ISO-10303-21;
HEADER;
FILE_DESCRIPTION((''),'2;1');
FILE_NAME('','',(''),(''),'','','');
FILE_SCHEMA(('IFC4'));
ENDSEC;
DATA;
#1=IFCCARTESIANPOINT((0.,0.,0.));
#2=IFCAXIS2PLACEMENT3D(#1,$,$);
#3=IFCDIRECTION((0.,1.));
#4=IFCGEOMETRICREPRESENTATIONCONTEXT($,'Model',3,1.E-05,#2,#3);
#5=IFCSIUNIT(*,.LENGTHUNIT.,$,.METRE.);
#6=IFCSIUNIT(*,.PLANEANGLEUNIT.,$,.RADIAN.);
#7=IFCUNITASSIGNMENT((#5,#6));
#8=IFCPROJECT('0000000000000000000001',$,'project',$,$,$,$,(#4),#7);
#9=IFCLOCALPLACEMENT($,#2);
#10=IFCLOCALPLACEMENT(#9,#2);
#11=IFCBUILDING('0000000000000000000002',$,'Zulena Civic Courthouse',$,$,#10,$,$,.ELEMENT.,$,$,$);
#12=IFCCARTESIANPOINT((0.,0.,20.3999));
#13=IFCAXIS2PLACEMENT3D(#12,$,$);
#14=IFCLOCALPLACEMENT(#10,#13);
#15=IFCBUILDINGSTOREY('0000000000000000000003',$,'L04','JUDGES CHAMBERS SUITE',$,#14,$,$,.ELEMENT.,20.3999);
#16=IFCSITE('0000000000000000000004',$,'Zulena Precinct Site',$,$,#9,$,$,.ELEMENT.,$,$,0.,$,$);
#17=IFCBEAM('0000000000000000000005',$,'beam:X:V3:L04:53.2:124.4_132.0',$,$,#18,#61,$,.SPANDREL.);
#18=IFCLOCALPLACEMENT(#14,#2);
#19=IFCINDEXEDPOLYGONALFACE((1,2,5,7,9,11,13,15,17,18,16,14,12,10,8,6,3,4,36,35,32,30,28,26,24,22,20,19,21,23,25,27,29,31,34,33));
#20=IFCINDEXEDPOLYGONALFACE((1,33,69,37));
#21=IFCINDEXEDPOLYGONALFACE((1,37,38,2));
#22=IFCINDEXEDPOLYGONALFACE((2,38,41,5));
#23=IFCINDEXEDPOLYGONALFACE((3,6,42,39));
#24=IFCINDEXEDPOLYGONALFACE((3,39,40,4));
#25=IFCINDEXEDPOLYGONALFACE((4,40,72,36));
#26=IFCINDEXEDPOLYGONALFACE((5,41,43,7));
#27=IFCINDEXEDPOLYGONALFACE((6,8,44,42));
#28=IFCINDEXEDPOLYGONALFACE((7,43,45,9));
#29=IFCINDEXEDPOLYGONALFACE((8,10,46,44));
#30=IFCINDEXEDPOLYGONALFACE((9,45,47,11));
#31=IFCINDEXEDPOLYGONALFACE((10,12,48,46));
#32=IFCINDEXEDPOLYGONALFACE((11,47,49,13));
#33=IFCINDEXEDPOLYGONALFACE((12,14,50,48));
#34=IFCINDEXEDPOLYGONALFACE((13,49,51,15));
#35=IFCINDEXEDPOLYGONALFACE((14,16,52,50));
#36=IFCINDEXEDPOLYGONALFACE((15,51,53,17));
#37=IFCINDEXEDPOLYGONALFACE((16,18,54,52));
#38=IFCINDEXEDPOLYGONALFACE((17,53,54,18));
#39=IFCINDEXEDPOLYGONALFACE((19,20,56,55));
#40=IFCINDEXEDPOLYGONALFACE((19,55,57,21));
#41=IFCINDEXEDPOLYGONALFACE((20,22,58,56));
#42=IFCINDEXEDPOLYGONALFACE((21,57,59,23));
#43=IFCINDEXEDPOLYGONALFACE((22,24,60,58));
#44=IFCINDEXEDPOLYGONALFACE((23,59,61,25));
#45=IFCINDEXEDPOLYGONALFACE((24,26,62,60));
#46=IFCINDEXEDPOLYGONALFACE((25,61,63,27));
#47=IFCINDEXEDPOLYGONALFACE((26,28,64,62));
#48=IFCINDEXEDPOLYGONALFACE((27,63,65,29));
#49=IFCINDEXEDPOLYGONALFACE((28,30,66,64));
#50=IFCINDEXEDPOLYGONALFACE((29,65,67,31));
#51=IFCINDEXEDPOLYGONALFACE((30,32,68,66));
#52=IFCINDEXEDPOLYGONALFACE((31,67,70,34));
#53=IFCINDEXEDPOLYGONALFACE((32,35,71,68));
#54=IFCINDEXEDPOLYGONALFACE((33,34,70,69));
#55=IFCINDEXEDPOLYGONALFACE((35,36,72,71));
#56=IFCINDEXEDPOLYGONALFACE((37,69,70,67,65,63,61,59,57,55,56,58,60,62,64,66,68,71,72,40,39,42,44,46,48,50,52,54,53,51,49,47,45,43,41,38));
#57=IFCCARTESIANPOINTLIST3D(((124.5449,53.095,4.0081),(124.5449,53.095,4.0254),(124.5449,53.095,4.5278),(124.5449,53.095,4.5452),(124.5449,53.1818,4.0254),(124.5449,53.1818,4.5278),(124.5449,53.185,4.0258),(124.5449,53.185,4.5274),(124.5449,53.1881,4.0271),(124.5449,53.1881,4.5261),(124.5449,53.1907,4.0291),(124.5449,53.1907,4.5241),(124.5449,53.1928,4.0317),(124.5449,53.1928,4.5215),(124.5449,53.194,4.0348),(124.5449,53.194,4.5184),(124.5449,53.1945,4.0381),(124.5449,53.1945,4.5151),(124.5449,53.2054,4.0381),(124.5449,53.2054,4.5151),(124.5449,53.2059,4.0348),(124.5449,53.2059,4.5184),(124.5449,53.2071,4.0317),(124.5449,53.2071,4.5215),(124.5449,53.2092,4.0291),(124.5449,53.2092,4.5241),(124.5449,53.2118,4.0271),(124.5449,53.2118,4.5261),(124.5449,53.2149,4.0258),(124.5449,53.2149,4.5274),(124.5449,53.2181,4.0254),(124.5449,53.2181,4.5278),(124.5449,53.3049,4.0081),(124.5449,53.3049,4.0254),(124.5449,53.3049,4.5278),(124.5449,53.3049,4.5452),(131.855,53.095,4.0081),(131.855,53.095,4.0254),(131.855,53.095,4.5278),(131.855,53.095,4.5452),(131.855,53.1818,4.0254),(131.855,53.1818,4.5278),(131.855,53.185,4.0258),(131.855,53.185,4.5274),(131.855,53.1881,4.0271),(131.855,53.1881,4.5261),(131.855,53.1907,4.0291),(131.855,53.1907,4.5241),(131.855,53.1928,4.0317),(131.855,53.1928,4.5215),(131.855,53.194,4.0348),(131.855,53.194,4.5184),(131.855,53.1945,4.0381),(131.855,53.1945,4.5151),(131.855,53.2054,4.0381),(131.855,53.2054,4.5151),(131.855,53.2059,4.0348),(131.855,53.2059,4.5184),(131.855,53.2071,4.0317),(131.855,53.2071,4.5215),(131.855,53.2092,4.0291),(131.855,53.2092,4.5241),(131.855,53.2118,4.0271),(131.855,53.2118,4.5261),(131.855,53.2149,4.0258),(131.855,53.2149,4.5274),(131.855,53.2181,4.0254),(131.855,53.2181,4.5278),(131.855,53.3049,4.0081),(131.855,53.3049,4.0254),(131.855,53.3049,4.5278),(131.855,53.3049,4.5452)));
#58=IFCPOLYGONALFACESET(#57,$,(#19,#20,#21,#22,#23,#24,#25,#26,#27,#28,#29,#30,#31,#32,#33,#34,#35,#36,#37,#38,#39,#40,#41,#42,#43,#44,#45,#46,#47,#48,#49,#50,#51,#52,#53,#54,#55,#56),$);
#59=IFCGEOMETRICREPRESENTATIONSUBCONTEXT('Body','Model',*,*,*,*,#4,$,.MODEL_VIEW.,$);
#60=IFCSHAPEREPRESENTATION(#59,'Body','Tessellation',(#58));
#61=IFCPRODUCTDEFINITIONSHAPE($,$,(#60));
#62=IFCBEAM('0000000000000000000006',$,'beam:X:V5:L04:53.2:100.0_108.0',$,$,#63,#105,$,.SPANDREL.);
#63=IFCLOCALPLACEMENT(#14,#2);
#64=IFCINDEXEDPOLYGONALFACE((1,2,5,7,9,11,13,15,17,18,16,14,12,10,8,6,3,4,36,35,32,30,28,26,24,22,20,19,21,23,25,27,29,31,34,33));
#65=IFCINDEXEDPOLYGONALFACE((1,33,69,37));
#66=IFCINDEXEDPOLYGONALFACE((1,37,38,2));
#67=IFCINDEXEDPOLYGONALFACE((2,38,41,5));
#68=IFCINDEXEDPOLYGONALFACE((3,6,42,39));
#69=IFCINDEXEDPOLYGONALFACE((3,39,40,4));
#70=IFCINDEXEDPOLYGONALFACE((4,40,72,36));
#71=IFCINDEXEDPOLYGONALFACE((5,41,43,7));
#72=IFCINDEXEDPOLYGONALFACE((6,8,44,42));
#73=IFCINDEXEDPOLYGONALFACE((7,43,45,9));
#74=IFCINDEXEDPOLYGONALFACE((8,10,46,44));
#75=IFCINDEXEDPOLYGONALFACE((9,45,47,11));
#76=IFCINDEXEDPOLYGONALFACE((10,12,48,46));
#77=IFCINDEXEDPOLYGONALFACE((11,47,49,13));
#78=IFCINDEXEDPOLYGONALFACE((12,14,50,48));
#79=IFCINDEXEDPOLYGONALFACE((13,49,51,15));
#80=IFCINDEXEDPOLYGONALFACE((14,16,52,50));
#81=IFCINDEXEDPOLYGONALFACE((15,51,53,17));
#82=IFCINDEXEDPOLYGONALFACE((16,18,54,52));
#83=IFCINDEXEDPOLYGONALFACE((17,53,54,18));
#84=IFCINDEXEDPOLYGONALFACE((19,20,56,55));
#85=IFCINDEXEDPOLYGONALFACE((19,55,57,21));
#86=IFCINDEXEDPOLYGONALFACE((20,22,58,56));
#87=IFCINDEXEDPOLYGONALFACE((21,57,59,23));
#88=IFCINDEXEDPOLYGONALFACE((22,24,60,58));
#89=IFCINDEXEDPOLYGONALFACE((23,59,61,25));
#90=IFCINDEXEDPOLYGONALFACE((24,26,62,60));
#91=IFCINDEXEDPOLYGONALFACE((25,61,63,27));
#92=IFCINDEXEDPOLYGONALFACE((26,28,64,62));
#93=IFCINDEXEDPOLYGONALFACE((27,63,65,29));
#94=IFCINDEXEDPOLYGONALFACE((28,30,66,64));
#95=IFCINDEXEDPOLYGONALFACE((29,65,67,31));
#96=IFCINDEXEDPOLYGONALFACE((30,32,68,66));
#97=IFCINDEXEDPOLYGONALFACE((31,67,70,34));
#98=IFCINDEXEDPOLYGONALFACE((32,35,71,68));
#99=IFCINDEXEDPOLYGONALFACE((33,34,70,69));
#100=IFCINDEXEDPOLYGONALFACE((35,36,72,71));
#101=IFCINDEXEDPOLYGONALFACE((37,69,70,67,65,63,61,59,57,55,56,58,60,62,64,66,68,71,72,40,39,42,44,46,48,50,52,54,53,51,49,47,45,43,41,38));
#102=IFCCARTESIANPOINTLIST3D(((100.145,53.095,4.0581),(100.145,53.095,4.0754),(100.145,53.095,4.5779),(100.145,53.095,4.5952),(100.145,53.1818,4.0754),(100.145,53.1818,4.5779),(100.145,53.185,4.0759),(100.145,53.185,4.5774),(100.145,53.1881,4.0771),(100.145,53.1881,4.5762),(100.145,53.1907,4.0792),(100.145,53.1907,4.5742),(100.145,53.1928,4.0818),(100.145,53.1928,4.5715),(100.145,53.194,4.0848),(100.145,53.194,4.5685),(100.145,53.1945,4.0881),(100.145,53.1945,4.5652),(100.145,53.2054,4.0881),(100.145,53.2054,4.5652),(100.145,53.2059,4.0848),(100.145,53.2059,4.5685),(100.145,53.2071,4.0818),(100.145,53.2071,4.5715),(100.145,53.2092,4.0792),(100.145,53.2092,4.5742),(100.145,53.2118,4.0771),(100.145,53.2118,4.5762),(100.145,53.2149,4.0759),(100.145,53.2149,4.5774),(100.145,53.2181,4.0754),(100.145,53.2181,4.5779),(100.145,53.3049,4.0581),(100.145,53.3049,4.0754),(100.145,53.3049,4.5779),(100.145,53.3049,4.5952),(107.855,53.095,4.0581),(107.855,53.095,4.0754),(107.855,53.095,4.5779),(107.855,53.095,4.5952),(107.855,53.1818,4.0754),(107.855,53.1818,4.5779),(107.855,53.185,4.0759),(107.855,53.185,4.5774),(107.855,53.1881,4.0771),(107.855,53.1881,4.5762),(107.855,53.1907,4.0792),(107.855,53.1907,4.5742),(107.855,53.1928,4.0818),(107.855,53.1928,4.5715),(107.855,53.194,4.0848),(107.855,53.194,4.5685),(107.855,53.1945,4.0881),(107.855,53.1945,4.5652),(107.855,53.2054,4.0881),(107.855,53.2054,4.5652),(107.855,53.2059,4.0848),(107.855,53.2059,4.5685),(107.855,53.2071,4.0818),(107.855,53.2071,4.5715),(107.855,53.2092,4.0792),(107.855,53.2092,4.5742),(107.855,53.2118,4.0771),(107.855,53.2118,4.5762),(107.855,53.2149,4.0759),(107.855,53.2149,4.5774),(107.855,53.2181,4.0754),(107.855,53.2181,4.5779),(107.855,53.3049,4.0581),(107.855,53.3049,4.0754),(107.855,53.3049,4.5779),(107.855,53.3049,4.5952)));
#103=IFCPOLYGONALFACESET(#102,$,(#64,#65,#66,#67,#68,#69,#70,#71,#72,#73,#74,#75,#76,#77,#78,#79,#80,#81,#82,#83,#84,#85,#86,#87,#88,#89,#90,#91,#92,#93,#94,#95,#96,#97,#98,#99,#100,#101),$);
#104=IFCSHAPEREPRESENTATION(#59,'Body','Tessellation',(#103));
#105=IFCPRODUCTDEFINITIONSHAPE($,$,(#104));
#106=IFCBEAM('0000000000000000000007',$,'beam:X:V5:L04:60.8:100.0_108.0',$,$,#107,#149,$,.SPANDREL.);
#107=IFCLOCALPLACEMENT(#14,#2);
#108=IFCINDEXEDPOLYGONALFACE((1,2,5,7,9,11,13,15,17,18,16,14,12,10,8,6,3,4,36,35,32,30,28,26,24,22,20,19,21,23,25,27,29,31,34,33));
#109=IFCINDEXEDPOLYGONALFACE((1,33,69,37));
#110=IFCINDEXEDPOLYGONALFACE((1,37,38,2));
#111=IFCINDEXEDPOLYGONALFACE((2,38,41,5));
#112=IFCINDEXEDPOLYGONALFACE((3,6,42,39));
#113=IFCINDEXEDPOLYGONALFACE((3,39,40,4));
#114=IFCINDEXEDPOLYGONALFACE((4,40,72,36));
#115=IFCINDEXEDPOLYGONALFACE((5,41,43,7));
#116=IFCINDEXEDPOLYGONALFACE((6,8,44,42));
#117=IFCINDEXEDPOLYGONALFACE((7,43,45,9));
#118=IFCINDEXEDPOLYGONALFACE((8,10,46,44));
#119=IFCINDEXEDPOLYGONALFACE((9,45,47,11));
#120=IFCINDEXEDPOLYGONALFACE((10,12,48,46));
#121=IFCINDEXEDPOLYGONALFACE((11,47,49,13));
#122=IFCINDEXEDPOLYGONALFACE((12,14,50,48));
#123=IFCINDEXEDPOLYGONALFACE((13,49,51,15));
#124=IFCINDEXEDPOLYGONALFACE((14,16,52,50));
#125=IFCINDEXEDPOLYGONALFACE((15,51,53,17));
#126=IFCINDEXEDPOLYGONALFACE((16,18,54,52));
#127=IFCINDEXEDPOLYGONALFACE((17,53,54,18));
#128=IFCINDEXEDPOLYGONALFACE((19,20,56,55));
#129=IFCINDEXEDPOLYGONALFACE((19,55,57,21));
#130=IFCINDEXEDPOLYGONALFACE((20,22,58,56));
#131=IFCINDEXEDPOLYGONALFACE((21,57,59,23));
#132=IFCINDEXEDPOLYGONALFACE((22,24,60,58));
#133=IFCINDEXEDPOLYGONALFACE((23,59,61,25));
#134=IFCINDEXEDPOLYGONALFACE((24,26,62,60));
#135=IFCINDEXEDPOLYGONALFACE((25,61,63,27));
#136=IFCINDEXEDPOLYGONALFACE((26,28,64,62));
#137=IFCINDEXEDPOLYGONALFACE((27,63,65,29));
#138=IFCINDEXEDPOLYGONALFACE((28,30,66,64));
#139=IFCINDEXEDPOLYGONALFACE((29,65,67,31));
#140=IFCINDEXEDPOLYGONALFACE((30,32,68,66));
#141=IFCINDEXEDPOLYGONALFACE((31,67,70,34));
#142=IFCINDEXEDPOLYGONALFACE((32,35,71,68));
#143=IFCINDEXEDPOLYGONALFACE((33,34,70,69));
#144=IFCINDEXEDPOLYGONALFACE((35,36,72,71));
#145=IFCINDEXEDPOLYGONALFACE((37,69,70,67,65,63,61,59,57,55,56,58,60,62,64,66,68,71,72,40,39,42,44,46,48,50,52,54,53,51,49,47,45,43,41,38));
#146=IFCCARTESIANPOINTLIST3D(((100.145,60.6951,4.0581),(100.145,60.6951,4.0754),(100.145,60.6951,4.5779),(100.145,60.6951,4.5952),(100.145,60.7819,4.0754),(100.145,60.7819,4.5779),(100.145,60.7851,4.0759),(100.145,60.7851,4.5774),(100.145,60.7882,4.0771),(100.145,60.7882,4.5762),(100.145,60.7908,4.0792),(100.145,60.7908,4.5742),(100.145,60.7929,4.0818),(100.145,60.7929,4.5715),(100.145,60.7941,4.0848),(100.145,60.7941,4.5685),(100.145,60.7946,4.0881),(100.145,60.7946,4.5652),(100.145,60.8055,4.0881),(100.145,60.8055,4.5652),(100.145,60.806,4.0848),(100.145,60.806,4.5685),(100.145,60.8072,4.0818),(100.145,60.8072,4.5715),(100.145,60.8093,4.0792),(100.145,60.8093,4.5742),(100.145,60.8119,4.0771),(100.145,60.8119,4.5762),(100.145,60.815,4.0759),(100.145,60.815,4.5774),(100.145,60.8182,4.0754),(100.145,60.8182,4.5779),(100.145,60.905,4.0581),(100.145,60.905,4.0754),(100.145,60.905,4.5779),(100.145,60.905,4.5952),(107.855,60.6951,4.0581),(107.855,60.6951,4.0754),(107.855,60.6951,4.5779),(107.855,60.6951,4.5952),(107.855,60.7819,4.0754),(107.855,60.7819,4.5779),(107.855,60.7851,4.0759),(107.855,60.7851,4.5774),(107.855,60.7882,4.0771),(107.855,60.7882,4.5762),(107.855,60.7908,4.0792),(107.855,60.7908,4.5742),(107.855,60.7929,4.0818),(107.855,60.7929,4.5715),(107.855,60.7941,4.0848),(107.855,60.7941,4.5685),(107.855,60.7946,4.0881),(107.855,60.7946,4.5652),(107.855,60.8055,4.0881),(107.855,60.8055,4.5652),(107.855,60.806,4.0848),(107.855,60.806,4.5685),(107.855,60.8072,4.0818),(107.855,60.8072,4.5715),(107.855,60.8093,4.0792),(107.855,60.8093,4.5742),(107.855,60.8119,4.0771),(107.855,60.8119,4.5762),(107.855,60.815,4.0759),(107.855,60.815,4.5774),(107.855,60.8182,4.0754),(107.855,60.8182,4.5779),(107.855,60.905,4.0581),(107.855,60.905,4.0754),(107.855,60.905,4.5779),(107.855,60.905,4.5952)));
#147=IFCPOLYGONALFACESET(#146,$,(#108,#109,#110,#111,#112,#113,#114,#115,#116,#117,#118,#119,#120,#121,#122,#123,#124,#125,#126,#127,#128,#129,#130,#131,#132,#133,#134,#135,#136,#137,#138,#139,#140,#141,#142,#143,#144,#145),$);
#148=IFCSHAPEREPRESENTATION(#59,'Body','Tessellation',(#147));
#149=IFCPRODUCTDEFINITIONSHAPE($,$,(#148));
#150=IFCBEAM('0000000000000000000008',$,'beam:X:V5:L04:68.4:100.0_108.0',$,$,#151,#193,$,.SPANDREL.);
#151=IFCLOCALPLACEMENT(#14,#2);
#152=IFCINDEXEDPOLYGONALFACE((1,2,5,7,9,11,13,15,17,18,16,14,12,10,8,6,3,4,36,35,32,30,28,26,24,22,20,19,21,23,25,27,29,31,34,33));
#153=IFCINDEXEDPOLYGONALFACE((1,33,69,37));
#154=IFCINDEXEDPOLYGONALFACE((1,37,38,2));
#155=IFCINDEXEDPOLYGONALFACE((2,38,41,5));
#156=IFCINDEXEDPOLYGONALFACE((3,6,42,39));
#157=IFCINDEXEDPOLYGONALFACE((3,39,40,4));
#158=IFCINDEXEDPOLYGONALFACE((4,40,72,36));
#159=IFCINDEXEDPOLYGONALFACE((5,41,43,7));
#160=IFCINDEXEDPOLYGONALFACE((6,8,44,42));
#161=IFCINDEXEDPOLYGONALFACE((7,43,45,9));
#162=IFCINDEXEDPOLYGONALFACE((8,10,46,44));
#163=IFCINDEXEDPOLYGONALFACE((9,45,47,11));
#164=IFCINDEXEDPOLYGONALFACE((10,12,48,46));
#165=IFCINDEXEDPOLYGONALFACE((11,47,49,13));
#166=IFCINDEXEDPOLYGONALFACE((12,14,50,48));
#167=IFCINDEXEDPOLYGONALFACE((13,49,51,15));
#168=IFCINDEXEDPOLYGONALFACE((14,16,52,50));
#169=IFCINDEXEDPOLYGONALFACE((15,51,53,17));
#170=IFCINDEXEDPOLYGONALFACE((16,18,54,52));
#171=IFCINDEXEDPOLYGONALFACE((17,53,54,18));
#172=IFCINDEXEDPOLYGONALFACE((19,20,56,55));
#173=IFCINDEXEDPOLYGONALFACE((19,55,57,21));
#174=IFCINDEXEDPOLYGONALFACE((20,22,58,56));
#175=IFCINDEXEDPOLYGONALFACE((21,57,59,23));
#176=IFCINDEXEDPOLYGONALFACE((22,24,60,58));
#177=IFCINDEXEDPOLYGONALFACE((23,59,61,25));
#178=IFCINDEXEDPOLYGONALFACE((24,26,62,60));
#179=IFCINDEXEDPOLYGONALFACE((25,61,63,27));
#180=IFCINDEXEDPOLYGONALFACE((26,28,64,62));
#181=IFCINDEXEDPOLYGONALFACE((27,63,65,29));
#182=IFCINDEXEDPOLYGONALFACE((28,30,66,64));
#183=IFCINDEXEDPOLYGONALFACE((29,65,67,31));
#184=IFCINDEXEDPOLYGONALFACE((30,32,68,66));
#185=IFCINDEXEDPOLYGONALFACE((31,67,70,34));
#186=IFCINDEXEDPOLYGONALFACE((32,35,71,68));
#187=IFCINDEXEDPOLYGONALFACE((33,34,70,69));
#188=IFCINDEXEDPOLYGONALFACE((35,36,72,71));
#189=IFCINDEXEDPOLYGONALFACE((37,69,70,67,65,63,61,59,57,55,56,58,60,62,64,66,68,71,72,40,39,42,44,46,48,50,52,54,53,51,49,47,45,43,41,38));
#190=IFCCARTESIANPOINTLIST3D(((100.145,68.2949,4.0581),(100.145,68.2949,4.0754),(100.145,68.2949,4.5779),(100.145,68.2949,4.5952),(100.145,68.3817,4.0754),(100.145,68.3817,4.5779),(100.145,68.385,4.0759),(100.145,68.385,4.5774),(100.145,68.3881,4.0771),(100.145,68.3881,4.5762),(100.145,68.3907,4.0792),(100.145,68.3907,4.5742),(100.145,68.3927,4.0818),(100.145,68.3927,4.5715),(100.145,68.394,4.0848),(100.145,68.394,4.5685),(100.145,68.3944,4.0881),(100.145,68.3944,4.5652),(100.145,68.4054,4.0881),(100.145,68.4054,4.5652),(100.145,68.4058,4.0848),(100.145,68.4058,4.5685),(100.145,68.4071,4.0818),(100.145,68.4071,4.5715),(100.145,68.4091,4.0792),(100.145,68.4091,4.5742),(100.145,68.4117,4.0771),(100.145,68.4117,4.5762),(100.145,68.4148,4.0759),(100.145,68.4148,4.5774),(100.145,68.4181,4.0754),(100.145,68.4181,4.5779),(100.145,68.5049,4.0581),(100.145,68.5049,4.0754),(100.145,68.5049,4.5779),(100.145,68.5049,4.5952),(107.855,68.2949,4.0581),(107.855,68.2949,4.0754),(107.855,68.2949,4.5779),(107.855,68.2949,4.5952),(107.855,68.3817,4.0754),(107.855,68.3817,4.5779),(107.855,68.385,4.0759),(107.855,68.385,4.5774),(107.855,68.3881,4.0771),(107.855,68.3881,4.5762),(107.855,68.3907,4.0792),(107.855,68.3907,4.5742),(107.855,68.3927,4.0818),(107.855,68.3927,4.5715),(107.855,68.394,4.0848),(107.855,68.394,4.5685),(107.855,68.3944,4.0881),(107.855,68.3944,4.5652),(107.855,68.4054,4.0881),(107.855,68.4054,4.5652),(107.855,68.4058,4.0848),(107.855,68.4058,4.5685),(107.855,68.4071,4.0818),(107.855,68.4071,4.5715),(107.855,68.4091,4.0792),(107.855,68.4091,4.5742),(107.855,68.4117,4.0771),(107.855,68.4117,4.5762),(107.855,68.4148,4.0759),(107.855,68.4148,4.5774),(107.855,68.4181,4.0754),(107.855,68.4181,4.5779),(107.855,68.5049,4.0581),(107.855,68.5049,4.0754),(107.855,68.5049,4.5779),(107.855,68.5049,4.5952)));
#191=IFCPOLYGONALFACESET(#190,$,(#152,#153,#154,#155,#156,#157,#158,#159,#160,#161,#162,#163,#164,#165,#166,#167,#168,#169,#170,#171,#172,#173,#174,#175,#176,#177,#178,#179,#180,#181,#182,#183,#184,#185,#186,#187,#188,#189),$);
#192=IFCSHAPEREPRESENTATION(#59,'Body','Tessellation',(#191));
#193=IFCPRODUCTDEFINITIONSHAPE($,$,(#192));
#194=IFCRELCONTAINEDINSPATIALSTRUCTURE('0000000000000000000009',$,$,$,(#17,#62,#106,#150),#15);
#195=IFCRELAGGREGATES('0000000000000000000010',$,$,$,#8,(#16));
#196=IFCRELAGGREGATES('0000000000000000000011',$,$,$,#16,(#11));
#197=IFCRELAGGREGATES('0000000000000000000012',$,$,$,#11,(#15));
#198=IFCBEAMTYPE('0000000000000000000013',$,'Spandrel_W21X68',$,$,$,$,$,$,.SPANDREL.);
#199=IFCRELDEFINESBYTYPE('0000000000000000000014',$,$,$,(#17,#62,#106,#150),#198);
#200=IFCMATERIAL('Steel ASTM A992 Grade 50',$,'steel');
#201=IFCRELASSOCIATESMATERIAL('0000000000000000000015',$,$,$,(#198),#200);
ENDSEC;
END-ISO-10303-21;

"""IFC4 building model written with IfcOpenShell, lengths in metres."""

from ifc_helpers import new_model, si_unit, direction, frame, origin, origin_2d, place, context, subcontext, project, spatial, i_section, extrude, material, material_profile, profile_set, type_object, element, save


model = new_model("IFC4")

# Units and contexts
model_context = context("Model", 3, precision=1e-05, world=origin(), true_north=direction((0.0, 1.0)))
body_context = subcontext(model_context, "Body", "Model", "MODEL_VIEW")
ifc_project = project(units=[si_unit("LENGTHUNIT", "METRE"), si_unit("PLANEANGLEUNIT", "RADIAN")], contexts=[model_context])

# Site, building, storey
site_placement = place(None, origin())
site = spatial("IfcSite", under=ifc_project, at=site_placement, Name="Zulena Precinct Site", CompositionType="ELEMENT", RefElevation=0.0)
building_placement = place(site_placement, origin())
building = spatial("IfcBuilding", under=site, at=building_placement, Name="Zulena Civic Courthouse", CompositionType="ELEMENT")
storey_placement = place(building_placement, frame((0.0, 0.0, 20.3999)))
storey = spatial("IfcBuildingStorey", under=building, at=storey_placement, Name="L04", Description="JUDGES CHAMBERS SUITE", CompositionType="ELEMENT", Elevation=20.3999)

# Shared definitions
ifc_material_1 = material(Name="Steel ASTM A992 Grade 50", Category="steel")

# Beams
ifc_material_profile_1 = material_profile(ifc_material_1, i_section(OverallWidth=0.21, OverallDepth=0.5371, WebThickness=0.011, FlangeThickness=0.0173, FilletRadius=0.0127, at=origin_2d()), Name="W21X68")
ifc_profile_set_1 = profile_set([ifc_material_profile_1], Name="Steel ASTM A992 Grade 50")
beam_type_1 = type_object("IfcBeamType", Name="Spandrel_W21X68", PredefinedType="SPANDREL", material=ifc_profile_set_1)
beam_1_placement = place(storey_placement, frame((124.5449, 53.2, 4.2766), z_axis=(1.0, 0.0, 0.0), x_axis=(0.0, 1.0, 0.0)))
element("IfcBeam", 1, at=beam_1_placement, inside=storey, type_object=beam_type_1, Name="beam:X:V3:L04:53.2:124.4_132.0", PredefinedType="SPANDREL", context=body_context, shape_type="SweptSolid", body=[
    extrude(i_section(OverallWidth=0.21, OverallDepth=0.5371, WebThickness=0.011, FlangeThickness=0.0173, FilletRadius=0.0127, at=origin_2d()), origin(), (0.0, 0.0, 1.0), 7.3101),
])
for number, where, z_axis, x_axis, name in (
    (2, (100.145, 53.2, 4.3267), (1.0, 0.0, 0.0), (0.0, 1.0, 0.0), "beam:X:V5:L04:53.2:100.0_108.0"),
    (3, (100.145, 60.8, 4.3267), (1.0, 0.0, 0.0), (0.0, 1.0, 0.0), "beam:X:V5:L04:60.8:100.0_108.0"),
    (4, (100.145, 68.3999, 4.3267), (1.0, 0.0, 0.0), (0.0, 1.0, 0.0), "beam:X:V5:L04:68.4:100.0_108.0"),
):
    element("IfcBeam", number, at=place(storey_placement, frame(where, z_axis=z_axis, x_axis=x_axis)), inside=storey, type_object=beam_type_1, Name=name, PredefinedType="SPANDREL", context=body_context, shape_type="SweptSolid", body=[
        extrude(i_section(OverallWidth=0.21, OverallDepth=0.5371, WebThickness=0.011, FlangeThickness=0.0173, FilletRadius=0.0127, at=origin_2d()), origin(), (0.0, 0.0, 1.0), 7.71),
    ])

save(model, "model.ifc")
